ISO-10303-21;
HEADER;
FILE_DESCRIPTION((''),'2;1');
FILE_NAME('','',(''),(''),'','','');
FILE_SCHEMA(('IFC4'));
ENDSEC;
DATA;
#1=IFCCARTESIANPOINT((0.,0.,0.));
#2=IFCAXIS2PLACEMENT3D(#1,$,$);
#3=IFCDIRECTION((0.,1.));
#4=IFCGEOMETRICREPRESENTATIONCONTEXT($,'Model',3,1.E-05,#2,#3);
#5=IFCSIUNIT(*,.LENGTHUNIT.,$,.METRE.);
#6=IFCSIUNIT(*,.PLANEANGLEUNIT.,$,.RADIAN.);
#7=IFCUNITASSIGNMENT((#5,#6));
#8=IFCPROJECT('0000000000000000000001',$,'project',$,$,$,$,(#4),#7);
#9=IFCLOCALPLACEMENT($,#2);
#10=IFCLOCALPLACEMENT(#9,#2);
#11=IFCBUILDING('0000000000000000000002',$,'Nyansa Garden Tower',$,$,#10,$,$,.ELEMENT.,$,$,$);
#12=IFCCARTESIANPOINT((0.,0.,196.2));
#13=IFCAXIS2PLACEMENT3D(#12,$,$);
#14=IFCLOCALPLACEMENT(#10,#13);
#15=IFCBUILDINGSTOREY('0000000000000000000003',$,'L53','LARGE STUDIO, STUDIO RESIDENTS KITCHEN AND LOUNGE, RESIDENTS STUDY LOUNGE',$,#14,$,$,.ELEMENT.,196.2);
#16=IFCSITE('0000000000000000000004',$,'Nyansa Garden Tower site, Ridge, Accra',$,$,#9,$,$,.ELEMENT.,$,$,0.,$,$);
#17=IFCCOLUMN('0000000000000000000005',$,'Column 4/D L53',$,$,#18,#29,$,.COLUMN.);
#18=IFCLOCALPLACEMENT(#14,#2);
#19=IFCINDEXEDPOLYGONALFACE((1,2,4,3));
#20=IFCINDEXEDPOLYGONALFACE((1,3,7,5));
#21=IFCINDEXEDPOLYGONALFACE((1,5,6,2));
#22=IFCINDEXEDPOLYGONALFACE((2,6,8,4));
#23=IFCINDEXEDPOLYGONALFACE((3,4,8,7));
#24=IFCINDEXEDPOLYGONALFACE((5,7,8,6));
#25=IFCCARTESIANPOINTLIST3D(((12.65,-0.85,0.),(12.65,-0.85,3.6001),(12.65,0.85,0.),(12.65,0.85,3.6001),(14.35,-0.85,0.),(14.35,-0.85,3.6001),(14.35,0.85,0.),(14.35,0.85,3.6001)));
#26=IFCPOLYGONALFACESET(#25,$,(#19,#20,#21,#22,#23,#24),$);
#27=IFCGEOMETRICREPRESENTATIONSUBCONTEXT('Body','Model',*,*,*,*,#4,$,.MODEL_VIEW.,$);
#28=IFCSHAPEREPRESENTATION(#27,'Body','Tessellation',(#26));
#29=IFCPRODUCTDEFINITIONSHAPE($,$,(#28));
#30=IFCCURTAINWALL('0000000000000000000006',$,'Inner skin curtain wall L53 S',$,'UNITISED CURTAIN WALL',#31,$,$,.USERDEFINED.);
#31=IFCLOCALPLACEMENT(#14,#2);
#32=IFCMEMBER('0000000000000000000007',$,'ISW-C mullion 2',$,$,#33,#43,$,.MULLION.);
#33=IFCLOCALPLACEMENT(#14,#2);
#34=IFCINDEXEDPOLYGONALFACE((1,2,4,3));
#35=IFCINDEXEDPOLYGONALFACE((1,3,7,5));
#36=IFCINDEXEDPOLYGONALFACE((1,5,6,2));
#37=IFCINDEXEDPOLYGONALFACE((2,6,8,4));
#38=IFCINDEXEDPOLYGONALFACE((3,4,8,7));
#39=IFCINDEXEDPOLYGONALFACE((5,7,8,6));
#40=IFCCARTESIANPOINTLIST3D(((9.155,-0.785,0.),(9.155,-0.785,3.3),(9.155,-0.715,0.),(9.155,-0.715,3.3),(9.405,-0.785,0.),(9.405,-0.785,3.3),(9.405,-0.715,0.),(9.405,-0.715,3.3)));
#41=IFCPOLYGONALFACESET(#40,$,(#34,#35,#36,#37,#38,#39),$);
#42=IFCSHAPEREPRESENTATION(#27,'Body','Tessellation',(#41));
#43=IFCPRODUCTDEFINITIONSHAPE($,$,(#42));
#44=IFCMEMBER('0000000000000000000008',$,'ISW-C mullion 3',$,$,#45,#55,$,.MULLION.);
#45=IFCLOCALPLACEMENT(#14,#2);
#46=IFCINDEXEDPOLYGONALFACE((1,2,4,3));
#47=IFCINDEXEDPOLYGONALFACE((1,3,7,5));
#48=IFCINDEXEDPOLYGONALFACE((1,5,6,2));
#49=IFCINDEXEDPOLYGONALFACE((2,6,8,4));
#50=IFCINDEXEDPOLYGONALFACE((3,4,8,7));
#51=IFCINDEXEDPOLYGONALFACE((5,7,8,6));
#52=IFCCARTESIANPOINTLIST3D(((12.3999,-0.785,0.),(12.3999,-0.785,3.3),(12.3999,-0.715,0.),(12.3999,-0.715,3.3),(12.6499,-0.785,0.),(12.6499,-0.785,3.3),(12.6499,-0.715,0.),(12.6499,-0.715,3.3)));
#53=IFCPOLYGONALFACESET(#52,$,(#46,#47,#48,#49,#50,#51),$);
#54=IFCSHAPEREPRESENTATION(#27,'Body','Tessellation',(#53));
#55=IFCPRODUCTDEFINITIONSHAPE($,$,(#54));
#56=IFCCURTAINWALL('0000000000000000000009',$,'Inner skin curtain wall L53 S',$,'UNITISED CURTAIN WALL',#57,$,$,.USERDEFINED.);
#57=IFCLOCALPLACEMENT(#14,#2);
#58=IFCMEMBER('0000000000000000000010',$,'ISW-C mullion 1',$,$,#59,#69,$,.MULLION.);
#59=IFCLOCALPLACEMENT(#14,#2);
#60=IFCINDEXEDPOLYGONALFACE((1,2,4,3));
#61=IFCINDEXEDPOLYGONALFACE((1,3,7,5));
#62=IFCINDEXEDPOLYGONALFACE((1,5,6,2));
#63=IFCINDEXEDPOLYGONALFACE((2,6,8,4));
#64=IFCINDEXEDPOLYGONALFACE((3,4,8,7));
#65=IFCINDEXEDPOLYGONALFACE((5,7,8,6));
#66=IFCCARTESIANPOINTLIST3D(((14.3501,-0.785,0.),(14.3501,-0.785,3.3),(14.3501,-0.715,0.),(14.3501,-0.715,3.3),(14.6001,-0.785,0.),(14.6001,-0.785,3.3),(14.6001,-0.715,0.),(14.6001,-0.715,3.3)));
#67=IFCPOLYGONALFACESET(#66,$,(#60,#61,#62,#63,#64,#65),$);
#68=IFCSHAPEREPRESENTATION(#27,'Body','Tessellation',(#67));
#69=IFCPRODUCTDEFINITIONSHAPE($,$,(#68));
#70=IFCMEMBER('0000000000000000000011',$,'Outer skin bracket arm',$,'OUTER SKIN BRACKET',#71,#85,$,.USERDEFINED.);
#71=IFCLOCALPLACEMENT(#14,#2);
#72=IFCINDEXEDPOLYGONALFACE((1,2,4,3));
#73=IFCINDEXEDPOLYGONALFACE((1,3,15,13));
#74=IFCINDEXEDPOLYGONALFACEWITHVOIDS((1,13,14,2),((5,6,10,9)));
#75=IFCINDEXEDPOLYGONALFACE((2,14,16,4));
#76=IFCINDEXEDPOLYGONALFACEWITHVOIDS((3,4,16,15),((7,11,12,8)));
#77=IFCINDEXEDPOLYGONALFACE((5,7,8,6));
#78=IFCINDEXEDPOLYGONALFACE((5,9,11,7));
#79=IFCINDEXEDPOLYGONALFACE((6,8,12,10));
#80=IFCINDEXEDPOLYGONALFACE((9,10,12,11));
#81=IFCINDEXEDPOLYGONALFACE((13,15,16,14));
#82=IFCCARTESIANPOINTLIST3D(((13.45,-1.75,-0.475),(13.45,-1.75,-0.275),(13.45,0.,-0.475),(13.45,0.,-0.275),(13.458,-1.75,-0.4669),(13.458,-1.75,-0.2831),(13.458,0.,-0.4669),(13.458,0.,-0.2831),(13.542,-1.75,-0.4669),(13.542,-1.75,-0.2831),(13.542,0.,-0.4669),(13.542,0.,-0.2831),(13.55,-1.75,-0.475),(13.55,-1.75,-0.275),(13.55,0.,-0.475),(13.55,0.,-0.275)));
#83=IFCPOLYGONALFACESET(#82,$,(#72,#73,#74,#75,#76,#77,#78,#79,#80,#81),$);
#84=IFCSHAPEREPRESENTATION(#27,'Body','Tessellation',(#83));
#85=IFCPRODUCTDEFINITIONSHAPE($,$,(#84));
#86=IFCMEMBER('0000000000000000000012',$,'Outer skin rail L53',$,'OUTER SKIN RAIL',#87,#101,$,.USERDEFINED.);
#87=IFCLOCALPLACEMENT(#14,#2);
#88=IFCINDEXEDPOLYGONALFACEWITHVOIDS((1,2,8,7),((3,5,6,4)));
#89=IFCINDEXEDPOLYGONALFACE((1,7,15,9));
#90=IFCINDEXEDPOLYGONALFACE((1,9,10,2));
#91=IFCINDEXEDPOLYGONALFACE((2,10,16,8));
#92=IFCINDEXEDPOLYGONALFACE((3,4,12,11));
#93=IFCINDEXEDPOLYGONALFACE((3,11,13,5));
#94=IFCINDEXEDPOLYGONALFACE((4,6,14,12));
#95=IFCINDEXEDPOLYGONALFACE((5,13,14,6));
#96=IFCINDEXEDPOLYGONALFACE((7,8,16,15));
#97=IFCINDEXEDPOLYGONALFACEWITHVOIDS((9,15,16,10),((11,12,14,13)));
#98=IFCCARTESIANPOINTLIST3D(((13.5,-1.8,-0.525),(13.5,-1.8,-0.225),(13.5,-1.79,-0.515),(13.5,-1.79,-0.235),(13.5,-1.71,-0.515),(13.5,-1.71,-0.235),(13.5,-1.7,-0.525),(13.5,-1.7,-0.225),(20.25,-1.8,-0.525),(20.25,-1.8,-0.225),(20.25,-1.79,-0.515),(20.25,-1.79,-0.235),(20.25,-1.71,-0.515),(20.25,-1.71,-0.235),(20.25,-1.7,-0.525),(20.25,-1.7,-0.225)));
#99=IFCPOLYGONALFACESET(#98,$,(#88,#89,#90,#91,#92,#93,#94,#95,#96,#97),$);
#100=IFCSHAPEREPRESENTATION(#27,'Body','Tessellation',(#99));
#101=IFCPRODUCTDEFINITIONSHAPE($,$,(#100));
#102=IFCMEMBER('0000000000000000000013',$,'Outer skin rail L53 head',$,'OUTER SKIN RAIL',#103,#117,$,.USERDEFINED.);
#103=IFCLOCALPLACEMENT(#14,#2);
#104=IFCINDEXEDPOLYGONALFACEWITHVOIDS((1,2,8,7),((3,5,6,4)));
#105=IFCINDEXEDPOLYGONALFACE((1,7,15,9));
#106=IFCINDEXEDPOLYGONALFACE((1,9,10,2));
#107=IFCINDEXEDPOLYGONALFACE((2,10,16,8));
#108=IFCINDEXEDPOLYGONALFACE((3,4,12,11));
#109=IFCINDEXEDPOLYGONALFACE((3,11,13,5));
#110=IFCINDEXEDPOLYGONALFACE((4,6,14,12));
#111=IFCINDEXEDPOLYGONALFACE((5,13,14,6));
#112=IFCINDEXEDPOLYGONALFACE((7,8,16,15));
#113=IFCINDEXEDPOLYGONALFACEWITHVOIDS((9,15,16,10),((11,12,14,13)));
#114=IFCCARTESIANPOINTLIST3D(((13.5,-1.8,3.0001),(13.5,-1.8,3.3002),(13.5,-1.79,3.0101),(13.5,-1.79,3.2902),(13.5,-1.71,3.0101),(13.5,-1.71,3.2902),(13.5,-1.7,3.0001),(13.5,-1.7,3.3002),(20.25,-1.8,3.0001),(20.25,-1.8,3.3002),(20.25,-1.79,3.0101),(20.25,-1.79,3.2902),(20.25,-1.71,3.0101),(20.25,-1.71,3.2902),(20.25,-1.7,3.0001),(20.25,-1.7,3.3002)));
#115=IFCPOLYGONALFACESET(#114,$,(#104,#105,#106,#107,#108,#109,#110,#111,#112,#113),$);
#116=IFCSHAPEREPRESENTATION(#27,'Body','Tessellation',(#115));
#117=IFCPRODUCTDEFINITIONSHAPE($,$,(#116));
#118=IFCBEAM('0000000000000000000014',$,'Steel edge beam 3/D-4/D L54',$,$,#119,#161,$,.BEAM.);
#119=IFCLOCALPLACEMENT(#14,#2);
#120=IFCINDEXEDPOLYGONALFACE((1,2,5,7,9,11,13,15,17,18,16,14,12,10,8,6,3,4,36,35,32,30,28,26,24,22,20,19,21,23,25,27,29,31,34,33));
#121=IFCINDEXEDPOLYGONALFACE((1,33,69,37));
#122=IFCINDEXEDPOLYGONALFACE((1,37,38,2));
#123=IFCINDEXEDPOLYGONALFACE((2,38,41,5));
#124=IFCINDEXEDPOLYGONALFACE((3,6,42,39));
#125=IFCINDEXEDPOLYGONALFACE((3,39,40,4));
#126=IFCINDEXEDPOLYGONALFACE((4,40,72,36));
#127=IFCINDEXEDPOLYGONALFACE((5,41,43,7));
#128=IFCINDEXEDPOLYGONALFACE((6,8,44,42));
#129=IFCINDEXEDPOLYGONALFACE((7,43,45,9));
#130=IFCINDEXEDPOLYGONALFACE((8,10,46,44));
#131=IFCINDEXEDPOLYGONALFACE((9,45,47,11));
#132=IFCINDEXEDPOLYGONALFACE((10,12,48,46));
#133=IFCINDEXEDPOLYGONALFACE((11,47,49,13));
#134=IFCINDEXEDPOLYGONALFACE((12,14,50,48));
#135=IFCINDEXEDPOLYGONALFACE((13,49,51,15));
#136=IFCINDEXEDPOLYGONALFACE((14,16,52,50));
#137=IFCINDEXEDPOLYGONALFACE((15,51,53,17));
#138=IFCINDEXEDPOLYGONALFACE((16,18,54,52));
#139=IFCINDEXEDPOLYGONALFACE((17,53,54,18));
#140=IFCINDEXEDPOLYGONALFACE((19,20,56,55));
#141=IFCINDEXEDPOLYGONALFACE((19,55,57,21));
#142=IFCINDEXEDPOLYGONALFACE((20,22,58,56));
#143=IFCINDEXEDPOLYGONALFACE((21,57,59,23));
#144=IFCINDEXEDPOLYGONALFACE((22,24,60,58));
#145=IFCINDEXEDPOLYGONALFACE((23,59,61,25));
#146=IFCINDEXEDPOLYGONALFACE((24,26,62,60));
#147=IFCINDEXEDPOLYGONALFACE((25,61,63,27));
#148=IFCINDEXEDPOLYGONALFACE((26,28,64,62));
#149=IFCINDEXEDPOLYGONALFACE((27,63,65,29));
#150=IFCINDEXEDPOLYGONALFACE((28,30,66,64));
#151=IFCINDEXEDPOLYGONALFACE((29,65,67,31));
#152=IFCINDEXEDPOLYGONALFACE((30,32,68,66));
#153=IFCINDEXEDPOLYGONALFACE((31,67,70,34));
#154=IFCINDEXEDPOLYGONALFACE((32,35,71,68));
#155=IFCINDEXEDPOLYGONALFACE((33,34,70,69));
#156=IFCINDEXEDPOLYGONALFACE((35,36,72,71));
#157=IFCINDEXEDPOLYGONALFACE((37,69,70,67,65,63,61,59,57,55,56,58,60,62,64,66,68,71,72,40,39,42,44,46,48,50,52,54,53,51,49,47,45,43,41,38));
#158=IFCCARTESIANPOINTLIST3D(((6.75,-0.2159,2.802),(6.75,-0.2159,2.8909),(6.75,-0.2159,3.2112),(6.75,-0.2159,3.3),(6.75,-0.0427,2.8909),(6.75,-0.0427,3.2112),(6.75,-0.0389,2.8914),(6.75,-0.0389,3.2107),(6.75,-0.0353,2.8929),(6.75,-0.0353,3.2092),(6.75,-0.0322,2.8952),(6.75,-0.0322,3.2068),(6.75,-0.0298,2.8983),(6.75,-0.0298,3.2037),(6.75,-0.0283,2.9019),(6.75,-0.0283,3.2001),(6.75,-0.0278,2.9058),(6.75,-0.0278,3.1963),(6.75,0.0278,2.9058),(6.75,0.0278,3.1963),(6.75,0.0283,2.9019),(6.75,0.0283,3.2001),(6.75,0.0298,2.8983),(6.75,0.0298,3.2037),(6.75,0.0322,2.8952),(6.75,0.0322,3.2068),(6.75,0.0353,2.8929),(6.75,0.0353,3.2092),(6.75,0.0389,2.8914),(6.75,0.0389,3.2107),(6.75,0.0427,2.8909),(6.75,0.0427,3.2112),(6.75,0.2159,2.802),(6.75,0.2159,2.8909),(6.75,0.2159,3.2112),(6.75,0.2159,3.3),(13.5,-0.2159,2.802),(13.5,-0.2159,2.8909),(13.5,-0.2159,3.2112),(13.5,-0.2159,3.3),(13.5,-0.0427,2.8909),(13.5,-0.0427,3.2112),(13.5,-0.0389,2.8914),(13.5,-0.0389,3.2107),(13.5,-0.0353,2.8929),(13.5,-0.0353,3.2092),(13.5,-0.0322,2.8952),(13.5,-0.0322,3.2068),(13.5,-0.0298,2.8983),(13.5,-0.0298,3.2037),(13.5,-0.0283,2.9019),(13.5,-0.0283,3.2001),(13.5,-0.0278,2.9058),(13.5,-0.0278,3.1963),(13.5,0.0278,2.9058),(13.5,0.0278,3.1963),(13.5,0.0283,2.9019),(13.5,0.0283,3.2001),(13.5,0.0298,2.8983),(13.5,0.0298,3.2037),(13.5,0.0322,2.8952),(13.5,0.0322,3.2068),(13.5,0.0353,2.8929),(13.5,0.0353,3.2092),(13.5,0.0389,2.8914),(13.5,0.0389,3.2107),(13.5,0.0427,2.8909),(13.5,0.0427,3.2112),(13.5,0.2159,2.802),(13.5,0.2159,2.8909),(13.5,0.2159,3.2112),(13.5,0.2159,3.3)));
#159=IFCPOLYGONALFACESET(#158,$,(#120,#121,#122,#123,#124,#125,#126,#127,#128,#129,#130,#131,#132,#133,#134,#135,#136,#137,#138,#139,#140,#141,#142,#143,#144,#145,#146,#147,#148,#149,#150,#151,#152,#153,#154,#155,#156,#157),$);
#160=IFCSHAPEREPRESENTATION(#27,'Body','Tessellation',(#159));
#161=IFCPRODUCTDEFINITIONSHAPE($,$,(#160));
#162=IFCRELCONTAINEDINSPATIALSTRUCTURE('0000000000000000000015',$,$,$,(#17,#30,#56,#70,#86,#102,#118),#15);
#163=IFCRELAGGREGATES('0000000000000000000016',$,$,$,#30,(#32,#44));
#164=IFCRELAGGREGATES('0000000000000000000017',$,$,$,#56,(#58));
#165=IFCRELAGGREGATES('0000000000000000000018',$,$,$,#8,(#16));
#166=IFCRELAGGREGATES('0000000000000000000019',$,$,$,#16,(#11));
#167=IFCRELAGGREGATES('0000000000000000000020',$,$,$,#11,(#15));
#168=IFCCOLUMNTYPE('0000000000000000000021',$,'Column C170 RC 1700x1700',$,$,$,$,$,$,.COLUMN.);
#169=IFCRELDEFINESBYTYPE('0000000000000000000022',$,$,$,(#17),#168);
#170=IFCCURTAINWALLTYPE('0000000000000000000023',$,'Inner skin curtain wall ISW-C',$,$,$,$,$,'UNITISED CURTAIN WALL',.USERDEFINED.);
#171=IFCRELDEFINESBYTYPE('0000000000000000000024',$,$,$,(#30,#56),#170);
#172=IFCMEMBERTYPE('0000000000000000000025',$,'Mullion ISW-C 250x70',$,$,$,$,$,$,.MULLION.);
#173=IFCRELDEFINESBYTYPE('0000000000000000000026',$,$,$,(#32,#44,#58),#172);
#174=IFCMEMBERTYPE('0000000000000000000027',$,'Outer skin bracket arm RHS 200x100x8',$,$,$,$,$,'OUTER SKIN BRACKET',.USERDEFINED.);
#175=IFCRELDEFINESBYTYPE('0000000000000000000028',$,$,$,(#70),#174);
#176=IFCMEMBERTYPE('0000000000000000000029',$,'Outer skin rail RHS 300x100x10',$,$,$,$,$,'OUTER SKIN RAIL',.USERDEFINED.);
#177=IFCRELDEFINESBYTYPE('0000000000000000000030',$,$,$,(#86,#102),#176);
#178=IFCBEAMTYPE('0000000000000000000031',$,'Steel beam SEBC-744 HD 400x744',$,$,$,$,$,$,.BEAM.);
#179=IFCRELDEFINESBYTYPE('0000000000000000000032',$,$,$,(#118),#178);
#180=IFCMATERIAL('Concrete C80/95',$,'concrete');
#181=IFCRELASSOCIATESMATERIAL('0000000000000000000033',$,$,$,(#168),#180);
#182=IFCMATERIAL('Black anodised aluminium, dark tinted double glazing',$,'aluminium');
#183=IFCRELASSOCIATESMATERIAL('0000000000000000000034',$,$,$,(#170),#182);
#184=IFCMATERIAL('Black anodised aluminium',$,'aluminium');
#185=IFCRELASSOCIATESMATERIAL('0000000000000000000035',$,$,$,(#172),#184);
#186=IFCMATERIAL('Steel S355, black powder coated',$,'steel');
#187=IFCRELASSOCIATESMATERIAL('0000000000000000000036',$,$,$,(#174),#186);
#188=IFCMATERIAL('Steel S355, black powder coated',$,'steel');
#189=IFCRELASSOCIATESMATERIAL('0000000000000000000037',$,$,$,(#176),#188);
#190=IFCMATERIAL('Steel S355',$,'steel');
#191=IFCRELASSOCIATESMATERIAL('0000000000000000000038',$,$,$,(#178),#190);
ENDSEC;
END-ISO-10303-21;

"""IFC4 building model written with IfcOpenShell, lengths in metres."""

from ifc_helpers import new_model, si_unit, direction, frame, origin, origin_2d, place, context, subcontext, project, spatial, rectangle, hollow_rectangle, i_section, extrude, material, material_profile, profile_set, type_object, element, aggregate, save


model = new_model("IFC4")

# Units and contexts
model_context = context("Model", 3, precision=1e-05, world=origin(), true_north=direction((0.0, 1.0)))
body_context = subcontext(model_context, "Body", "Model", "MODEL_VIEW")
ifc_project = project(units=[si_unit("LENGTHUNIT", "METRE"), si_unit("PLANEANGLEUNIT", "RADIAN")], contexts=[model_context])

# Site, building, storey
site_placement = place(None, origin())
site = spatial("IfcSite", under=ifc_project, at=site_placement, Name="Nyansa Garden Tower site, Ridge, Accra", CompositionType="ELEMENT", RefElevation=0.0)
building_placement = place(site_placement, origin())
building = spatial("IfcBuilding", under=site, at=building_placement, Name="Nyansa Garden Tower", CompositionType="ELEMENT")
storey_placement = place(building_placement, frame((0.0, 0.0, 196.2)))
storey = spatial("IfcBuildingStorey", under=building, at=storey_placement, Name="L53", Description="LARGE STUDIO, STUDIO RESIDENTS KITCHEN AND LOUNGE, RESIDENTS STUDY LOUNGE", CompositionType="ELEMENT", Elevation=196.2)

# Column
ifc_material_1 = material(Name="Concrete C80/95", Category="concrete")
ifc_material_profile_1 = material_profile(ifc_material_1, rectangle(XDim=1.7, YDim=1.7, at=origin_2d()), Name="RC 1700x1700")
ifc_profile_set_1 = profile_set([ifc_material_profile_1], Name="Concrete C80/95")
column_type = type_object("IfcColumnType", Name="Column C170 RC 1700x1700", PredefinedType="COLUMN", material=ifc_profile_set_1)
column_placement = place(storey_placement, frame((13.5, 0.0, 0.0), z_axis=(0.0, 0.0, 1.0), x_axis=(1.0, 0.0, 0.0)))
element("IfcColumn", 1, at=column_placement, inside=storey, type_object=column_type, Name="Column 4/D L53", PredefinedType="COLUMN", context=body_context, shape_type="SweptSolid", body=[
    extrude(rectangle(XDim=1.7, YDim=1.7, at=origin_2d()), origin(), (0.0, 0.0, 1.0), 3.6001),
])

# Curtain wall, members
ifc_material_2 = material(Name="Black anodised aluminium, dark tinted double glazing", Category="aluminium")
curtain_wall_type = type_object("IfcCurtainWallType", Name="Inner skin curtain wall ISW-C", ElementType="UNITISED CURTAIN WALL", PredefinedType="USERDEFINED", material=ifc_material_2)
curtain_wall_1_placement = place(storey_placement, origin())
curtain_wall_1 = element("IfcCurtainWall", 2, at=curtain_wall_1_placement, inside=storey, type_object=curtain_wall_type, Name="Inner skin curtain wall L53 S", ObjectType="UNITISED CURTAIN WALL", PredefinedType="USERDEFINED")
ifc_material_3 = material(Name="Black anodised aluminium", Category="aluminium")
ifc_material_profile_2 = material_profile(ifc_material_3, rectangle(XDim=0.0701, YDim=0.25, at=origin_2d()), Name="Mullion 250x70")
ifc_profile_set_2 = profile_set([ifc_material_profile_2], Name="Black anodised aluminium")
member_type_1 = type_object("IfcMemberType", Name="Mullion ISW-C 250x70", PredefinedType="MULLION", material=ifc_profile_set_2)
member_1_placement = place(storey_placement, frame((9.28, -0.75, 0.0), z_axis=(0.0, 0.0, 1.0), x_axis=(0.0, 1.0, 0.0)))
member_1 = element("IfcMember", 3, at=member_1_placement, type_object=member_type_1, Name="ISW-C mullion 2", PredefinedType="MULLION", context=body_context, shape_type="SweptSolid", body=[
    extrude(rectangle(XDim=0.0701, YDim=0.25, at=origin_2d()), origin(), (0.0, 0.0, 1.0), 3.3),
])
member_2_placement = place(storey_placement, frame((12.5249, -0.75, 0.0), z_axis=(0.0, 0.0, 1.0), x_axis=(0.0, 1.0, 0.0)))
member_2 = element("IfcMember", 4, at=member_2_placement, type_object=member_type_1, Name="ISW-C mullion 3", PredefinedType="MULLION", context=body_context, shape_type="SweptSolid", body=[
    extrude(rectangle(XDim=0.0701, YDim=0.25, at=origin_2d()), origin(), (0.0, 0.0, 1.0), 3.3),
])

# Curtain wall, member
curtain_wall_2_placement = place(storey_placement, origin())
curtain_wall_2 = element("IfcCurtainWall", 5, at=curtain_wall_2_placement, inside=storey, type_object=curtain_wall_type, Name="Inner skin curtain wall L53 S", ObjectType="UNITISED CURTAIN WALL", PredefinedType="USERDEFINED")
member_3_placement = place(storey_placement, frame((14.4751, -0.75, 0.0), z_axis=(0.0, 0.0, 1.0), x_axis=(0.0, 1.0, 0.0)))
member_3 = element("IfcMember", 6, at=member_3_placement, type_object=member_type_1, Name="ISW-C mullion 1", PredefinedType="MULLION", context=body_context, shape_type="SweptSolid", body=[
    extrude(rectangle(XDim=0.0701, YDim=0.25, at=origin_2d()), origin(), (0.0, 0.0, 1.0), 3.3),
])

# Members
ifc_material_4 = material(Name="Steel S355, black powder coated", Category="steel")
ifc_material_profile_3 = material_profile(ifc_material_4, hollow_rectangle(XDim=0.1001, YDim=0.2, WallThickness=0.0081, at=origin_2d()), Name="RHS 200x100x8")
ifc_profile_set_3 = profile_set([ifc_material_profile_3], Name="Steel S355, black powder coated")
member_type_2 = type_object("IfcMemberType", Name="Outer skin bracket arm RHS 200x100x8", ElementType="OUTER SKIN BRACKET", PredefinedType="USERDEFINED", material=ifc_profile_set_3)
member_4_placement = place(storey_placement, frame((13.5, 0.0, -0.375), z_axis=(0.0, -1.0, 0.0), x_axis=(1.0, 0.0, 0.0)))
element("IfcMember", 7, at=member_4_placement, inside=storey, type_object=member_type_2, Name="Outer skin bracket arm", ObjectType="OUTER SKIN BRACKET", PredefinedType="USERDEFINED", context=body_context, shape_type="SweptSolid", body=[
    extrude(hollow_rectangle(XDim=0.1001, YDim=0.2, WallThickness=0.0081, at=origin_2d()), origin(), (0.0, 0.0, 1.0), 1.75),
])
ifc_material_5 = material(Name="Steel S355, black powder coated", Category="steel")
ifc_material_profile_4 = material_profile(ifc_material_5, hollow_rectangle(XDim=0.1001, YDim=0.3, WallThickness=0.01, at=origin_2d()), Name="RHS 300x100x10")
ifc_profile_set_4 = profile_set([ifc_material_profile_4], Name="Steel S355, black powder coated")
member_type_3 = type_object("IfcMemberType", Name="Outer skin rail RHS 300x100x10", ElementType="OUTER SKIN RAIL", PredefinedType="USERDEFINED", material=ifc_profile_set_4)
for number, where, z_axis, x_axis, name in (
    (8, (13.5, -1.75, -0.375), (1.0, 0.0, 0.0), (0.0, 1.0, 0.0), "Outer skin rail L53"),
    (9, (13.5, -1.75, 3.1501), (1.0, 0.0, 0.0), (0.0, 1.0, 0.0), "Outer skin rail L53 head"),
):
    element("IfcMember", number, at=place(storey_placement, frame(where, z_axis=z_axis, x_axis=x_axis)), inside=storey, type_object=member_type_3, Name=name, ObjectType="OUTER SKIN RAIL", PredefinedType="USERDEFINED", context=body_context, shape_type="SweptSolid", body=[
        extrude(hollow_rectangle(XDim=0.1001, YDim=0.3, WallThickness=0.01, at=origin_2d()), origin(), (0.0, 0.0, 1.0), 6.75),
    ])

# Beam
ifc_material_6 = material(Name="Steel S355", Category="steel")
ifc_material_profile_5 = material_profile(ifc_material_6, i_section(OverallWidth=0.4319, OverallDepth=0.498, WebThickness=0.0557, FlangeThickness=0.0889, FilletRadius=0.0149, at=origin_2d()), Name="HD 400x744")
ifc_profile_set_5 = profile_set([ifc_material_profile_5], Name="Steel S355")
beam_type_1 = type_object("IfcBeamType", Name="Steel beam SEBC-744 HD 400x744", PredefinedType="BEAM", material=ifc_profile_set_5)
for number, where, z_axis, x_axis, name in (
    (10, (6.75, 0.0, 3.051), (1.0, 0.0, 0.0), (0.0, 1.0, 0.0), "Steel edge beam 3/D-4/D L54"),
):
    element("IfcBeam", number, at=place(storey_placement, frame(where, z_axis=z_axis, x_axis=x_axis)), inside=storey, type_object=beam_type_1, Name=name, PredefinedType="BEAM", context=body_context, shape_type="SweptSolid", body=[
        extrude(i_section(OverallWidth=0.4319, OverallDepth=0.498, WebThickness=0.0557, FlangeThickness=0.0889, FilletRadius=0.0149, at=origin_2d()), origin(), (0.0, 0.0, 1.0), 6.75),
    ])

aggregate(curtain_wall_1, [member_1, member_2])
aggregate(curtain_wall_2, [member_3])

save(model, "model.ifc")
